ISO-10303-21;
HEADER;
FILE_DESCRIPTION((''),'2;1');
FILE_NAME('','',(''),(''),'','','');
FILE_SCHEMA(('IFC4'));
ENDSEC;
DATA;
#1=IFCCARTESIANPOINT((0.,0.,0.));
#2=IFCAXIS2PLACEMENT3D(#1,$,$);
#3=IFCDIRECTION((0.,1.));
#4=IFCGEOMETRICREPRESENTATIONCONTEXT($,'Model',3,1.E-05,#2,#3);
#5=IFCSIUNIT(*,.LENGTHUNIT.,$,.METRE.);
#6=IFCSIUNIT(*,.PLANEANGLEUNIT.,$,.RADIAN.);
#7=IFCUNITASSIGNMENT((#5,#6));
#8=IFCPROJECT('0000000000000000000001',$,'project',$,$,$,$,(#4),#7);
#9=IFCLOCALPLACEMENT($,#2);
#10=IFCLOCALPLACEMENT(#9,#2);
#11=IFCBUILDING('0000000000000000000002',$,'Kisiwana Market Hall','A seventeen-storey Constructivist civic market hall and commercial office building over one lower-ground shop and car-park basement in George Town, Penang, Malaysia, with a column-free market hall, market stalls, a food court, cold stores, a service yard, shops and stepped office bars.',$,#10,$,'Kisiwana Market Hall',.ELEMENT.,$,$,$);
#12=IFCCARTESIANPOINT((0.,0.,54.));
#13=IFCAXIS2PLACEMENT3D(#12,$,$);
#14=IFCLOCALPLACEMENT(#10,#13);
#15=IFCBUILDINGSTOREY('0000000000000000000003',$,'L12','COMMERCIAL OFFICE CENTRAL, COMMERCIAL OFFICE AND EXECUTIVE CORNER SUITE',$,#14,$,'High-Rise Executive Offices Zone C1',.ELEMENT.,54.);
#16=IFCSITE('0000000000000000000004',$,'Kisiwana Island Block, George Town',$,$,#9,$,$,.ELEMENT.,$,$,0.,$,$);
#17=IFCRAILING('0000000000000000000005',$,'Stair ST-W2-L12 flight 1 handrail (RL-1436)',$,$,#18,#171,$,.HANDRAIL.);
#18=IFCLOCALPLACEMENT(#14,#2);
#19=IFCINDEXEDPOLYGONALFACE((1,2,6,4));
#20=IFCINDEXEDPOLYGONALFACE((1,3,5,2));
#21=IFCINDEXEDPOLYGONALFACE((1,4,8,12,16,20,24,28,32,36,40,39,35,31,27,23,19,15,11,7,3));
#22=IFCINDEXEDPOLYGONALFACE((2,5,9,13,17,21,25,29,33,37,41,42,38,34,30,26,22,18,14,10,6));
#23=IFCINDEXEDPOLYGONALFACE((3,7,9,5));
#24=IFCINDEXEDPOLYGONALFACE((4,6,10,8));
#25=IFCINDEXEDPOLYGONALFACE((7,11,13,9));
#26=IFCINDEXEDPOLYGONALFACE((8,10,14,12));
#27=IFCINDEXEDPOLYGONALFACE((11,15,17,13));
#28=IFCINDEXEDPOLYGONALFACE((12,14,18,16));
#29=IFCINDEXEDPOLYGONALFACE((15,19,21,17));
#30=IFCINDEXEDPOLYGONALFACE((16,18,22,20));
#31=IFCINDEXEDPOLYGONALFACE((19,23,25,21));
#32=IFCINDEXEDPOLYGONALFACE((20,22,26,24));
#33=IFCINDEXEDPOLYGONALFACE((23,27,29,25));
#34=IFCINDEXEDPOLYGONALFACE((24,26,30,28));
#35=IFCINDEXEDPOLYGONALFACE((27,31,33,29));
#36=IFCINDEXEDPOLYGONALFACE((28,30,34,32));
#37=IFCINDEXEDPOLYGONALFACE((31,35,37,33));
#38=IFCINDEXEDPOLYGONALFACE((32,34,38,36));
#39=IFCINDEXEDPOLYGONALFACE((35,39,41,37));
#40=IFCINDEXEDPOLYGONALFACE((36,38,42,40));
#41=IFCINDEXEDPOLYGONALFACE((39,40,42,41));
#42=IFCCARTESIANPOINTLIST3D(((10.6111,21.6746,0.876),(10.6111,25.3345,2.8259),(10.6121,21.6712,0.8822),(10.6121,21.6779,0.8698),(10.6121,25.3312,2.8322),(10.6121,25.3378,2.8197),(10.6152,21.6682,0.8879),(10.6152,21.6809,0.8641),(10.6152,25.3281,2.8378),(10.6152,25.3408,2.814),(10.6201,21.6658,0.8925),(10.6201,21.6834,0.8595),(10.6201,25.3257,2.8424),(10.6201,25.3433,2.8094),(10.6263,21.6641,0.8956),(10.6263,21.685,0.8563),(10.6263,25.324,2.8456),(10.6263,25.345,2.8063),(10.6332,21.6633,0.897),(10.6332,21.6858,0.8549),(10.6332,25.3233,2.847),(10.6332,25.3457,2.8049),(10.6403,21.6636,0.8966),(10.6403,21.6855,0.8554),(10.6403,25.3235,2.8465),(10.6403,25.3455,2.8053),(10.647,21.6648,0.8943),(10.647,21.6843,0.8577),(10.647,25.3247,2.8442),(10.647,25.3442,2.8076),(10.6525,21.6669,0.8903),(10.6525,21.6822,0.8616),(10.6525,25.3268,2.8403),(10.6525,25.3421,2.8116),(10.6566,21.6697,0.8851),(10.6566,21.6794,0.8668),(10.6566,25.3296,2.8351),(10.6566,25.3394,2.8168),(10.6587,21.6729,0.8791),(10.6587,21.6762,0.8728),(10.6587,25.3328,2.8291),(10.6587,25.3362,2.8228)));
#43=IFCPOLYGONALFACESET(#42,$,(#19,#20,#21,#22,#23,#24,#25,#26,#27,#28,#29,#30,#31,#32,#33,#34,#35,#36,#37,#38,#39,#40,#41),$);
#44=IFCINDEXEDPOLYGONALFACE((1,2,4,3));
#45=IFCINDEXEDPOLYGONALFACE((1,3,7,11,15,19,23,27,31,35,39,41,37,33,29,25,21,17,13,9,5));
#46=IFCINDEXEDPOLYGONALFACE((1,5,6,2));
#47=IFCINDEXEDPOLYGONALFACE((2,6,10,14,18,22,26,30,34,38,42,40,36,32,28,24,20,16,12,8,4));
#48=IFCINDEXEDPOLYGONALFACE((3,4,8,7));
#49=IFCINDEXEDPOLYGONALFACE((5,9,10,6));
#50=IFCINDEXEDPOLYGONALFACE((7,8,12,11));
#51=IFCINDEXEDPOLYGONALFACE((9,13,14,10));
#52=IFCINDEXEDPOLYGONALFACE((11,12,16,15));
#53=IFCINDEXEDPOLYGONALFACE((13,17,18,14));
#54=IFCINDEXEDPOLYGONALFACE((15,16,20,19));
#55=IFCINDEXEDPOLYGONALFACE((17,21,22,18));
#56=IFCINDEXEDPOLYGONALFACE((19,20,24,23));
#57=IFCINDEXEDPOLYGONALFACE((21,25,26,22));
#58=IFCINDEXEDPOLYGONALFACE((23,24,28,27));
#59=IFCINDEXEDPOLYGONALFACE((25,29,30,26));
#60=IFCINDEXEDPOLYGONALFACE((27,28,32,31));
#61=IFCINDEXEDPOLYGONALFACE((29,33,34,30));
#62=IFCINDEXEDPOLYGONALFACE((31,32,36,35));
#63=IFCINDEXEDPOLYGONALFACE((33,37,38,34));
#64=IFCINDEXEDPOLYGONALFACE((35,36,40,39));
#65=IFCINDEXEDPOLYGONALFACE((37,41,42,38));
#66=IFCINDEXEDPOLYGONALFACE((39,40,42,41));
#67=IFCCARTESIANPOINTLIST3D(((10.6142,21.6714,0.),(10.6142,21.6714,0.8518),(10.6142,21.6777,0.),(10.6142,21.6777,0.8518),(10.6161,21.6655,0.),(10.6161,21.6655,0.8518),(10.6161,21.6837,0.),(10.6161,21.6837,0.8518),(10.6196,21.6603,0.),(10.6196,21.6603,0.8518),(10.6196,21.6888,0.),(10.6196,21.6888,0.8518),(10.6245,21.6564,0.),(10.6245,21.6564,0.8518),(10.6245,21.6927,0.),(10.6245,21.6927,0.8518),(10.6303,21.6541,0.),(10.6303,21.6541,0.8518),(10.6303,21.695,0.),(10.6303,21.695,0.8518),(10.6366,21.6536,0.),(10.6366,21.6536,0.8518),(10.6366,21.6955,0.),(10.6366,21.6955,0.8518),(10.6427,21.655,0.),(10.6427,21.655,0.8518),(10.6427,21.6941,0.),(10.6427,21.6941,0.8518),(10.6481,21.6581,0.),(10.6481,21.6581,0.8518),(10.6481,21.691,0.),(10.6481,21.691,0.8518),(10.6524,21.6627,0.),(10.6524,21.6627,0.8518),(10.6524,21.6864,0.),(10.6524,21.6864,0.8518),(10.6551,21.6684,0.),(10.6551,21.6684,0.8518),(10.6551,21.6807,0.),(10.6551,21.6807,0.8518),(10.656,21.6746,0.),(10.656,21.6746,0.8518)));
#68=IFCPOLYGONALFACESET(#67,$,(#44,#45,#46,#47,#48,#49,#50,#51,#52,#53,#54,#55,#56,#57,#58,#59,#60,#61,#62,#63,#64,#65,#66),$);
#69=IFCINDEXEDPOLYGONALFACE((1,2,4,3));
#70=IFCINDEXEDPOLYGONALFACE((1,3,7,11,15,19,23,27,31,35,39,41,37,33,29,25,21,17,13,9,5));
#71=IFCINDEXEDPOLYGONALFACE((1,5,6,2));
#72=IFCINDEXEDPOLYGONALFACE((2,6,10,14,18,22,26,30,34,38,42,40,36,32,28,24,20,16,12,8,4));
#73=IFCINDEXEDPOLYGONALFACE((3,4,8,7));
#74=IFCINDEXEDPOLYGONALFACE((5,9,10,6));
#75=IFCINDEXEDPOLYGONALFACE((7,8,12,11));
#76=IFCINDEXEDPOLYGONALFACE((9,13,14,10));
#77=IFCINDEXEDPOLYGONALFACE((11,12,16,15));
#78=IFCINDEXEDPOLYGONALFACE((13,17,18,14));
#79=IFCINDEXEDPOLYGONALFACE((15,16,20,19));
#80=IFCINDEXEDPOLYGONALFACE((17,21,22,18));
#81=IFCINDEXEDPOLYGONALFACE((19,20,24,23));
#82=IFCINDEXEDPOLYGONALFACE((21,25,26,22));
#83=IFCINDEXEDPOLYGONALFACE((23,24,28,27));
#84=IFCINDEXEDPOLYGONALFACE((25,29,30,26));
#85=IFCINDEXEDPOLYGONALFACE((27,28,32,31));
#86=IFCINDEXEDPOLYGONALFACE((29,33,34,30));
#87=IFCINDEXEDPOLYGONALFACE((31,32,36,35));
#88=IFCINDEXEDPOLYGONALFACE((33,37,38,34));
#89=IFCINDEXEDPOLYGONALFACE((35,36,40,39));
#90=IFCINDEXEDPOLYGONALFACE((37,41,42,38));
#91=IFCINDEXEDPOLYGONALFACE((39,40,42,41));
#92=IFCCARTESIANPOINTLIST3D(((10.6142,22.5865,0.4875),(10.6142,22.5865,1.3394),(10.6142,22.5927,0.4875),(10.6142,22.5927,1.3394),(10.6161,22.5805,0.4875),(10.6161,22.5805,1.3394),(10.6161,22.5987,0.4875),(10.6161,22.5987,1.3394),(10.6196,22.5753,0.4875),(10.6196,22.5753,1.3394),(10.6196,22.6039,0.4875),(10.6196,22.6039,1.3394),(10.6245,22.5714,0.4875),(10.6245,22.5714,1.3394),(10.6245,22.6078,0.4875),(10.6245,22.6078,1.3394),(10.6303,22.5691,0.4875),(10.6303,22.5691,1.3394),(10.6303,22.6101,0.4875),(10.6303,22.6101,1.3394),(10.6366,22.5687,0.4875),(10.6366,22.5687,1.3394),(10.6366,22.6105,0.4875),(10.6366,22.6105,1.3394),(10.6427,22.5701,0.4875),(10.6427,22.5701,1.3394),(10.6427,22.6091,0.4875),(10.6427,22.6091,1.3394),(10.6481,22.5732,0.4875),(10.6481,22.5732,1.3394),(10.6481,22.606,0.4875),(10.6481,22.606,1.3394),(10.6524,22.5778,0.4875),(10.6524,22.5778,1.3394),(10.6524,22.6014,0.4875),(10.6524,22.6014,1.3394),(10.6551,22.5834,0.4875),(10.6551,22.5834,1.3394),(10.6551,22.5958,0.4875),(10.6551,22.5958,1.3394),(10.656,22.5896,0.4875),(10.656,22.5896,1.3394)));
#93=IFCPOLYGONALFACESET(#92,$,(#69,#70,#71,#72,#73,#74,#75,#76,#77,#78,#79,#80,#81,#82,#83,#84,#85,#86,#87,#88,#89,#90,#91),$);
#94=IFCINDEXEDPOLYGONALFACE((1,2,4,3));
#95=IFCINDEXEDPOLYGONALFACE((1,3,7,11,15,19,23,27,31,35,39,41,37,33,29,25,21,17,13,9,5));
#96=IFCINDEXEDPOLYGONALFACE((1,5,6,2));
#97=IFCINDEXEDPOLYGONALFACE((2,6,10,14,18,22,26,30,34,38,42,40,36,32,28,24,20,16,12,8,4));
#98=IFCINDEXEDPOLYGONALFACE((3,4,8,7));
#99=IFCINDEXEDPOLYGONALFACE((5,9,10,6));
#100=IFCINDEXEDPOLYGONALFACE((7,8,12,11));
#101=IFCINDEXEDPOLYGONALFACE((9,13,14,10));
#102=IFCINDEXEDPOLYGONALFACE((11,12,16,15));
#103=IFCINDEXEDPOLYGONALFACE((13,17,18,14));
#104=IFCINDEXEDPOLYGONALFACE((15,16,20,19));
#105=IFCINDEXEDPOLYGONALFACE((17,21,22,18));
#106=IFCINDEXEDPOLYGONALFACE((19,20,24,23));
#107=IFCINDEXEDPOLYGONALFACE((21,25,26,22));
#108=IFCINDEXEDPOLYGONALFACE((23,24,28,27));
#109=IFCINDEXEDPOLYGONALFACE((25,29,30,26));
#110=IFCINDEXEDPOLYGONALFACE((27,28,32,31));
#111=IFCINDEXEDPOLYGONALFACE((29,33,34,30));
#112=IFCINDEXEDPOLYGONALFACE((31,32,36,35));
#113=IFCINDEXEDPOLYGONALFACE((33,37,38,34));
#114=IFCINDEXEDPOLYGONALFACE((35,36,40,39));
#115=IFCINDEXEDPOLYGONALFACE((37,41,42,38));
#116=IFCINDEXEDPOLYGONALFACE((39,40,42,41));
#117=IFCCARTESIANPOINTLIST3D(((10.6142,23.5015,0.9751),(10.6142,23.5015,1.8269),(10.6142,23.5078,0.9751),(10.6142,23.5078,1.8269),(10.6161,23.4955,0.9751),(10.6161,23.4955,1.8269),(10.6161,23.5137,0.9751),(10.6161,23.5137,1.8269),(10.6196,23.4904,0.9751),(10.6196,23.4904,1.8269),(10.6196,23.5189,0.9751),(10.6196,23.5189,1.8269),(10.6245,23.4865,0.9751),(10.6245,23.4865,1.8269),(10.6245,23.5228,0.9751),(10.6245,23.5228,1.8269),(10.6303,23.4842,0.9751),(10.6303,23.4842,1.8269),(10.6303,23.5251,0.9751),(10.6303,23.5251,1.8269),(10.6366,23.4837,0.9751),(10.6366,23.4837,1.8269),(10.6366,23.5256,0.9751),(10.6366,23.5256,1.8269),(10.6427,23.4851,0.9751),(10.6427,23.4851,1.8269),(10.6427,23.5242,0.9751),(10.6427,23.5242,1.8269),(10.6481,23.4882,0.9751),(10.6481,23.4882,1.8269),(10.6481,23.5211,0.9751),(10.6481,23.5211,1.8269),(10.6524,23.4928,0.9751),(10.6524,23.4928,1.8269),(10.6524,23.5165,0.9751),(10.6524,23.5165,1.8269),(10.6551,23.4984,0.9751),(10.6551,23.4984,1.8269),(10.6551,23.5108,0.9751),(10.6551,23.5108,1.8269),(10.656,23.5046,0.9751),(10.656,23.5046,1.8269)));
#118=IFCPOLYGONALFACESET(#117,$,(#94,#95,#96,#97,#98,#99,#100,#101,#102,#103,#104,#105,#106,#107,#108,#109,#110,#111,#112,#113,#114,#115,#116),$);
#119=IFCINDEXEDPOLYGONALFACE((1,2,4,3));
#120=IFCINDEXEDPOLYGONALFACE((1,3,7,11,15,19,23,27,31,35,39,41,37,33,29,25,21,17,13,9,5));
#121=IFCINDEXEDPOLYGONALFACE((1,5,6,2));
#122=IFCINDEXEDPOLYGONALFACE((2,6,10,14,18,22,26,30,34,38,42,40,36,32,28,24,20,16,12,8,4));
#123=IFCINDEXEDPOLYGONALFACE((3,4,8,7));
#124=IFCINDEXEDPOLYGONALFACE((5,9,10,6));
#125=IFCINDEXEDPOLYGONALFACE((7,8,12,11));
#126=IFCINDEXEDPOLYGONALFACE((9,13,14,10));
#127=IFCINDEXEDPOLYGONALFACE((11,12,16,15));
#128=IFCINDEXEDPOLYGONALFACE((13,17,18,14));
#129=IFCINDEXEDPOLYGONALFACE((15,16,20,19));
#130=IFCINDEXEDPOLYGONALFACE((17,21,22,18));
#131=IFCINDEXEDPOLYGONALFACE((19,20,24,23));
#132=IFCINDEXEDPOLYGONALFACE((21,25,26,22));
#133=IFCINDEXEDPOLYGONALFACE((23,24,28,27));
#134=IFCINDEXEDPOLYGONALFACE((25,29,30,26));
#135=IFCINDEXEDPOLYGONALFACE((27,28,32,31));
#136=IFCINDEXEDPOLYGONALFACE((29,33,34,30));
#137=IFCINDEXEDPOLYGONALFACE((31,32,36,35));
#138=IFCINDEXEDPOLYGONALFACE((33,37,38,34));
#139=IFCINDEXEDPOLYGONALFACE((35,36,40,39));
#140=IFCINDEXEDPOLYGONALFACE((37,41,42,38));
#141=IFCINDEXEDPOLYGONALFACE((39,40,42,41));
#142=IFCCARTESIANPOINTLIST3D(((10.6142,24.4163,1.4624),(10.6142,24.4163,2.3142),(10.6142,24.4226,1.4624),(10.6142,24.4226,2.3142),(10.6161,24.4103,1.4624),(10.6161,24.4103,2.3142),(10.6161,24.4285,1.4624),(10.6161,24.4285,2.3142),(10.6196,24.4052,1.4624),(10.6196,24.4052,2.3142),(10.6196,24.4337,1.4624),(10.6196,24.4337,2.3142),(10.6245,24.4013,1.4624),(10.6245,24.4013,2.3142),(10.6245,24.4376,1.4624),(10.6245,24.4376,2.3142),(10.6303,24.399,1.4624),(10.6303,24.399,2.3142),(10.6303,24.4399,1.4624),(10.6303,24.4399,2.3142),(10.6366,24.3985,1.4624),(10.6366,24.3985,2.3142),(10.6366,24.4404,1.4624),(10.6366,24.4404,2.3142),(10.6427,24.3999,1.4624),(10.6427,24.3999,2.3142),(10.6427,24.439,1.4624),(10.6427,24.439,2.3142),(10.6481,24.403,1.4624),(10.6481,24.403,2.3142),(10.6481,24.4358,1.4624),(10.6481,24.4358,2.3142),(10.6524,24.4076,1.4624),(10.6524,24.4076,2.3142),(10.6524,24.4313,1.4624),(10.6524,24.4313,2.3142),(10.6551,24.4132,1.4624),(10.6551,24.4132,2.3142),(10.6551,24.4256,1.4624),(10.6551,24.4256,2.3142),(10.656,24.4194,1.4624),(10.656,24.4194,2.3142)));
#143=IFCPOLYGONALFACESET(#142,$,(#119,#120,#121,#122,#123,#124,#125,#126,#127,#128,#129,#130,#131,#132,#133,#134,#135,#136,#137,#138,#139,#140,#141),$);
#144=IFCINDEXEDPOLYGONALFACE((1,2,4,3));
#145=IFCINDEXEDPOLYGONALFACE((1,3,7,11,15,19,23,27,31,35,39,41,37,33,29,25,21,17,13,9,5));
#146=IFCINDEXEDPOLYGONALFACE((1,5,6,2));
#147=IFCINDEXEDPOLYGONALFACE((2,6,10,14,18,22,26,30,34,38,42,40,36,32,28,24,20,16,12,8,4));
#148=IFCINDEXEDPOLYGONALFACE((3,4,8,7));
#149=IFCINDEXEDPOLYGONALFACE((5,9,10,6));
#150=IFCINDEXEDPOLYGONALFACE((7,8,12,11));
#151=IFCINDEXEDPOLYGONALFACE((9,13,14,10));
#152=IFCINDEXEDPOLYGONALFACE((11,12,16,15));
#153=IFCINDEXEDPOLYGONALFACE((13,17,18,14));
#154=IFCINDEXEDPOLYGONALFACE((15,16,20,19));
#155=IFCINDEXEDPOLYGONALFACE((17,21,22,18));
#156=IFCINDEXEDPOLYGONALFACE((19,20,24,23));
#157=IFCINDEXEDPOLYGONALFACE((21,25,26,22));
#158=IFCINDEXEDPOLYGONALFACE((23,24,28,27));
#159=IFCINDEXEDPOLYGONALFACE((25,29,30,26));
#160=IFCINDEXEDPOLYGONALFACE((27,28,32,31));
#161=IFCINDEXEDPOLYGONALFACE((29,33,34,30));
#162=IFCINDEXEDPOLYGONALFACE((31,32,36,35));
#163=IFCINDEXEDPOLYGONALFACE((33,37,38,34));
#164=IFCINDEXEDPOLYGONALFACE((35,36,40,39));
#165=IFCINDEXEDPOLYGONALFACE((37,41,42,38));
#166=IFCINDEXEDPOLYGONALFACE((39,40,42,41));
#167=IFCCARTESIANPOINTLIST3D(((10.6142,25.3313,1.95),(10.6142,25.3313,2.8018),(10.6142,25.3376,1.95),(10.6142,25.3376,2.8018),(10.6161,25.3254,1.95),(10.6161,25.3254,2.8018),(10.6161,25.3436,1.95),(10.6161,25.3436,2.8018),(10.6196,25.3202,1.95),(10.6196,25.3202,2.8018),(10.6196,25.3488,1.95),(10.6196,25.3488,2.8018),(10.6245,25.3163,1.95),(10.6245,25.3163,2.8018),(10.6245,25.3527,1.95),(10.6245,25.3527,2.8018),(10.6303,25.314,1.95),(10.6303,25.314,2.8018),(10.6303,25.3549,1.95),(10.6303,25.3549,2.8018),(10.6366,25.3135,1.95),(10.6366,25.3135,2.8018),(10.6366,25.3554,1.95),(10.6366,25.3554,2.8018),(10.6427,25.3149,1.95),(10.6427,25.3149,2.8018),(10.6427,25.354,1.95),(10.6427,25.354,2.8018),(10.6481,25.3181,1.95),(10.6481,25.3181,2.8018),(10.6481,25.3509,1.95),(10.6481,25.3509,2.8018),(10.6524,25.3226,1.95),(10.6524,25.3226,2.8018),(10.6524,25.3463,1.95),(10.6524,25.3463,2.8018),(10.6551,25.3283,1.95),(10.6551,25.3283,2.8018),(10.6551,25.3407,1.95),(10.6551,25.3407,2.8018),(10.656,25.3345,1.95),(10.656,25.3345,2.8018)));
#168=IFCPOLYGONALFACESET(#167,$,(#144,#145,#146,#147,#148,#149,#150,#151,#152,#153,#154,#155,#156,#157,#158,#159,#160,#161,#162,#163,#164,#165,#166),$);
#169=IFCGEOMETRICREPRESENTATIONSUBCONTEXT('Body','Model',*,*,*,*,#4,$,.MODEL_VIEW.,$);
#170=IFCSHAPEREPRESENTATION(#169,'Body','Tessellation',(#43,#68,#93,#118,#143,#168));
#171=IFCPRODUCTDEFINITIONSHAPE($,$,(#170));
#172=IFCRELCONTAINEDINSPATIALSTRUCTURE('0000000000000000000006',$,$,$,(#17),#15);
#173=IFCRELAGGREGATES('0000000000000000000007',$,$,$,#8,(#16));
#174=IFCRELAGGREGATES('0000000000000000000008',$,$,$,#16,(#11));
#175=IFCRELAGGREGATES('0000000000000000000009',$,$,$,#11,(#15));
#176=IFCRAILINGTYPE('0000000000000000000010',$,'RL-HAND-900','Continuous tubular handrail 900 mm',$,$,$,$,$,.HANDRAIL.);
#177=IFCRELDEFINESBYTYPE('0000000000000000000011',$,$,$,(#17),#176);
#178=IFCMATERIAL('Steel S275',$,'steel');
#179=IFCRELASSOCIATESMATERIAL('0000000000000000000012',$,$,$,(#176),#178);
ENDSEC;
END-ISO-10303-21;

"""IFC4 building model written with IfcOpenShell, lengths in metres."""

from ifc_helpers import new_model, si_unit, direction, frame, origin, origin_2d, place, context, subcontext, project, spatial, circle, extrude, material, type_object, element, save


model = new_model("IFC4")

# Units and contexts
model_context = context("Model", 3, precision=1e-05, world=origin(), true_north=direction((0.0, 1.0)))
body_context = subcontext(model_context, "Body", "Model", "MODEL_VIEW")
ifc_project = project(units=[si_unit("LENGTHUNIT", "METRE"), si_unit("PLANEANGLEUNIT", "RADIAN")], contexts=[model_context])

# Site, building, storey
site_placement = place(None, origin())
site = spatial("IfcSite", under=ifc_project, at=site_placement, Name="Kisiwana Island Block, George Town", CompositionType="ELEMENT", RefElevation=0.0)
building_placement = place(site_placement, origin())
building = spatial("IfcBuilding", under=site, at=building_placement, Name="Kisiwana Market Hall", Description="A seventeen-storey Constructivist civic market hall and commercial office building over one lower-ground shop and car-park basement in George Town, Penang, Malaysia, with a column-free market hall, market stalls, a food court, cold stores, a service yard, shops and stepped office bars.", LongName="Kisiwana Market Hall", CompositionType="ELEMENT")
storey_placement = place(building_placement, frame((0.0, 0.0, 54.0)))
storey = spatial("IfcBuildingStorey", under=building, at=storey_placement, Name="L12", Description="COMMERCIAL OFFICE CENTRAL, COMMERCIAL OFFICE AND EXECUTIVE CORNER SUITE", LongName="High-Rise Executive Offices Zone C1", CompositionType="ELEMENT", Elevation=54.0)

# Railing
ifc_material_1 = material(Name="Steel S275", Category="steel")
railing_type_1 = type_object("IfcRailingType", Name="RL-HAND-900", Description="Continuous tubular handrail 900 mm", PredefinedType="HANDRAIL", material=ifc_material_1)
railing_1_placement = place(storey_placement, frame((10.635, 21.6746, 0.0)))
element("IfcRailing", 1, at=railing_1_placement, inside=storey, type_object=railing_type_1, Name="Stair ST-W2-L12 flight 1 handrail (RL-1436)", PredefinedType="HANDRAIL", context=body_context, shape_type="SweptSolid", body=[
    extrude(circle(Radius=0.0239, at=origin_2d()), frame((0.0, 0.0, 0.876), z_axis=(0.0, 0.882553, 0.470212), x_axis=(-1.0, 0.0, 0.0)), (0.0, 0.0, 1.0), 4.147),
    extrude(circle(Radius=0.021, at=origin_2d()), origin(), (0.0, 0.0, 1.0), 0.8518),
    extrude(circle(Radius=0.021, at=origin_2d()), frame((0.0, 0.915, 0.4875)), (0.0, 0.0, 1.0), 0.8518),
    extrude(circle(Radius=0.021, at=origin_2d()), frame((0.0, 1.8301, 0.9751)), (0.0, 0.0, 1.0), 0.8518),
    extrude(circle(Radius=0.021, at=origin_2d()), frame((0.0, 2.7449, 1.4624)), (0.0, 0.0, 1.0), 0.8518),
    extrude(circle(Radius=0.021, at=origin_2d()), frame((0.0, 3.6599, 1.95)), (0.0, 0.0, 1.0), 0.8518),
])

save(model, "model.ifc")
